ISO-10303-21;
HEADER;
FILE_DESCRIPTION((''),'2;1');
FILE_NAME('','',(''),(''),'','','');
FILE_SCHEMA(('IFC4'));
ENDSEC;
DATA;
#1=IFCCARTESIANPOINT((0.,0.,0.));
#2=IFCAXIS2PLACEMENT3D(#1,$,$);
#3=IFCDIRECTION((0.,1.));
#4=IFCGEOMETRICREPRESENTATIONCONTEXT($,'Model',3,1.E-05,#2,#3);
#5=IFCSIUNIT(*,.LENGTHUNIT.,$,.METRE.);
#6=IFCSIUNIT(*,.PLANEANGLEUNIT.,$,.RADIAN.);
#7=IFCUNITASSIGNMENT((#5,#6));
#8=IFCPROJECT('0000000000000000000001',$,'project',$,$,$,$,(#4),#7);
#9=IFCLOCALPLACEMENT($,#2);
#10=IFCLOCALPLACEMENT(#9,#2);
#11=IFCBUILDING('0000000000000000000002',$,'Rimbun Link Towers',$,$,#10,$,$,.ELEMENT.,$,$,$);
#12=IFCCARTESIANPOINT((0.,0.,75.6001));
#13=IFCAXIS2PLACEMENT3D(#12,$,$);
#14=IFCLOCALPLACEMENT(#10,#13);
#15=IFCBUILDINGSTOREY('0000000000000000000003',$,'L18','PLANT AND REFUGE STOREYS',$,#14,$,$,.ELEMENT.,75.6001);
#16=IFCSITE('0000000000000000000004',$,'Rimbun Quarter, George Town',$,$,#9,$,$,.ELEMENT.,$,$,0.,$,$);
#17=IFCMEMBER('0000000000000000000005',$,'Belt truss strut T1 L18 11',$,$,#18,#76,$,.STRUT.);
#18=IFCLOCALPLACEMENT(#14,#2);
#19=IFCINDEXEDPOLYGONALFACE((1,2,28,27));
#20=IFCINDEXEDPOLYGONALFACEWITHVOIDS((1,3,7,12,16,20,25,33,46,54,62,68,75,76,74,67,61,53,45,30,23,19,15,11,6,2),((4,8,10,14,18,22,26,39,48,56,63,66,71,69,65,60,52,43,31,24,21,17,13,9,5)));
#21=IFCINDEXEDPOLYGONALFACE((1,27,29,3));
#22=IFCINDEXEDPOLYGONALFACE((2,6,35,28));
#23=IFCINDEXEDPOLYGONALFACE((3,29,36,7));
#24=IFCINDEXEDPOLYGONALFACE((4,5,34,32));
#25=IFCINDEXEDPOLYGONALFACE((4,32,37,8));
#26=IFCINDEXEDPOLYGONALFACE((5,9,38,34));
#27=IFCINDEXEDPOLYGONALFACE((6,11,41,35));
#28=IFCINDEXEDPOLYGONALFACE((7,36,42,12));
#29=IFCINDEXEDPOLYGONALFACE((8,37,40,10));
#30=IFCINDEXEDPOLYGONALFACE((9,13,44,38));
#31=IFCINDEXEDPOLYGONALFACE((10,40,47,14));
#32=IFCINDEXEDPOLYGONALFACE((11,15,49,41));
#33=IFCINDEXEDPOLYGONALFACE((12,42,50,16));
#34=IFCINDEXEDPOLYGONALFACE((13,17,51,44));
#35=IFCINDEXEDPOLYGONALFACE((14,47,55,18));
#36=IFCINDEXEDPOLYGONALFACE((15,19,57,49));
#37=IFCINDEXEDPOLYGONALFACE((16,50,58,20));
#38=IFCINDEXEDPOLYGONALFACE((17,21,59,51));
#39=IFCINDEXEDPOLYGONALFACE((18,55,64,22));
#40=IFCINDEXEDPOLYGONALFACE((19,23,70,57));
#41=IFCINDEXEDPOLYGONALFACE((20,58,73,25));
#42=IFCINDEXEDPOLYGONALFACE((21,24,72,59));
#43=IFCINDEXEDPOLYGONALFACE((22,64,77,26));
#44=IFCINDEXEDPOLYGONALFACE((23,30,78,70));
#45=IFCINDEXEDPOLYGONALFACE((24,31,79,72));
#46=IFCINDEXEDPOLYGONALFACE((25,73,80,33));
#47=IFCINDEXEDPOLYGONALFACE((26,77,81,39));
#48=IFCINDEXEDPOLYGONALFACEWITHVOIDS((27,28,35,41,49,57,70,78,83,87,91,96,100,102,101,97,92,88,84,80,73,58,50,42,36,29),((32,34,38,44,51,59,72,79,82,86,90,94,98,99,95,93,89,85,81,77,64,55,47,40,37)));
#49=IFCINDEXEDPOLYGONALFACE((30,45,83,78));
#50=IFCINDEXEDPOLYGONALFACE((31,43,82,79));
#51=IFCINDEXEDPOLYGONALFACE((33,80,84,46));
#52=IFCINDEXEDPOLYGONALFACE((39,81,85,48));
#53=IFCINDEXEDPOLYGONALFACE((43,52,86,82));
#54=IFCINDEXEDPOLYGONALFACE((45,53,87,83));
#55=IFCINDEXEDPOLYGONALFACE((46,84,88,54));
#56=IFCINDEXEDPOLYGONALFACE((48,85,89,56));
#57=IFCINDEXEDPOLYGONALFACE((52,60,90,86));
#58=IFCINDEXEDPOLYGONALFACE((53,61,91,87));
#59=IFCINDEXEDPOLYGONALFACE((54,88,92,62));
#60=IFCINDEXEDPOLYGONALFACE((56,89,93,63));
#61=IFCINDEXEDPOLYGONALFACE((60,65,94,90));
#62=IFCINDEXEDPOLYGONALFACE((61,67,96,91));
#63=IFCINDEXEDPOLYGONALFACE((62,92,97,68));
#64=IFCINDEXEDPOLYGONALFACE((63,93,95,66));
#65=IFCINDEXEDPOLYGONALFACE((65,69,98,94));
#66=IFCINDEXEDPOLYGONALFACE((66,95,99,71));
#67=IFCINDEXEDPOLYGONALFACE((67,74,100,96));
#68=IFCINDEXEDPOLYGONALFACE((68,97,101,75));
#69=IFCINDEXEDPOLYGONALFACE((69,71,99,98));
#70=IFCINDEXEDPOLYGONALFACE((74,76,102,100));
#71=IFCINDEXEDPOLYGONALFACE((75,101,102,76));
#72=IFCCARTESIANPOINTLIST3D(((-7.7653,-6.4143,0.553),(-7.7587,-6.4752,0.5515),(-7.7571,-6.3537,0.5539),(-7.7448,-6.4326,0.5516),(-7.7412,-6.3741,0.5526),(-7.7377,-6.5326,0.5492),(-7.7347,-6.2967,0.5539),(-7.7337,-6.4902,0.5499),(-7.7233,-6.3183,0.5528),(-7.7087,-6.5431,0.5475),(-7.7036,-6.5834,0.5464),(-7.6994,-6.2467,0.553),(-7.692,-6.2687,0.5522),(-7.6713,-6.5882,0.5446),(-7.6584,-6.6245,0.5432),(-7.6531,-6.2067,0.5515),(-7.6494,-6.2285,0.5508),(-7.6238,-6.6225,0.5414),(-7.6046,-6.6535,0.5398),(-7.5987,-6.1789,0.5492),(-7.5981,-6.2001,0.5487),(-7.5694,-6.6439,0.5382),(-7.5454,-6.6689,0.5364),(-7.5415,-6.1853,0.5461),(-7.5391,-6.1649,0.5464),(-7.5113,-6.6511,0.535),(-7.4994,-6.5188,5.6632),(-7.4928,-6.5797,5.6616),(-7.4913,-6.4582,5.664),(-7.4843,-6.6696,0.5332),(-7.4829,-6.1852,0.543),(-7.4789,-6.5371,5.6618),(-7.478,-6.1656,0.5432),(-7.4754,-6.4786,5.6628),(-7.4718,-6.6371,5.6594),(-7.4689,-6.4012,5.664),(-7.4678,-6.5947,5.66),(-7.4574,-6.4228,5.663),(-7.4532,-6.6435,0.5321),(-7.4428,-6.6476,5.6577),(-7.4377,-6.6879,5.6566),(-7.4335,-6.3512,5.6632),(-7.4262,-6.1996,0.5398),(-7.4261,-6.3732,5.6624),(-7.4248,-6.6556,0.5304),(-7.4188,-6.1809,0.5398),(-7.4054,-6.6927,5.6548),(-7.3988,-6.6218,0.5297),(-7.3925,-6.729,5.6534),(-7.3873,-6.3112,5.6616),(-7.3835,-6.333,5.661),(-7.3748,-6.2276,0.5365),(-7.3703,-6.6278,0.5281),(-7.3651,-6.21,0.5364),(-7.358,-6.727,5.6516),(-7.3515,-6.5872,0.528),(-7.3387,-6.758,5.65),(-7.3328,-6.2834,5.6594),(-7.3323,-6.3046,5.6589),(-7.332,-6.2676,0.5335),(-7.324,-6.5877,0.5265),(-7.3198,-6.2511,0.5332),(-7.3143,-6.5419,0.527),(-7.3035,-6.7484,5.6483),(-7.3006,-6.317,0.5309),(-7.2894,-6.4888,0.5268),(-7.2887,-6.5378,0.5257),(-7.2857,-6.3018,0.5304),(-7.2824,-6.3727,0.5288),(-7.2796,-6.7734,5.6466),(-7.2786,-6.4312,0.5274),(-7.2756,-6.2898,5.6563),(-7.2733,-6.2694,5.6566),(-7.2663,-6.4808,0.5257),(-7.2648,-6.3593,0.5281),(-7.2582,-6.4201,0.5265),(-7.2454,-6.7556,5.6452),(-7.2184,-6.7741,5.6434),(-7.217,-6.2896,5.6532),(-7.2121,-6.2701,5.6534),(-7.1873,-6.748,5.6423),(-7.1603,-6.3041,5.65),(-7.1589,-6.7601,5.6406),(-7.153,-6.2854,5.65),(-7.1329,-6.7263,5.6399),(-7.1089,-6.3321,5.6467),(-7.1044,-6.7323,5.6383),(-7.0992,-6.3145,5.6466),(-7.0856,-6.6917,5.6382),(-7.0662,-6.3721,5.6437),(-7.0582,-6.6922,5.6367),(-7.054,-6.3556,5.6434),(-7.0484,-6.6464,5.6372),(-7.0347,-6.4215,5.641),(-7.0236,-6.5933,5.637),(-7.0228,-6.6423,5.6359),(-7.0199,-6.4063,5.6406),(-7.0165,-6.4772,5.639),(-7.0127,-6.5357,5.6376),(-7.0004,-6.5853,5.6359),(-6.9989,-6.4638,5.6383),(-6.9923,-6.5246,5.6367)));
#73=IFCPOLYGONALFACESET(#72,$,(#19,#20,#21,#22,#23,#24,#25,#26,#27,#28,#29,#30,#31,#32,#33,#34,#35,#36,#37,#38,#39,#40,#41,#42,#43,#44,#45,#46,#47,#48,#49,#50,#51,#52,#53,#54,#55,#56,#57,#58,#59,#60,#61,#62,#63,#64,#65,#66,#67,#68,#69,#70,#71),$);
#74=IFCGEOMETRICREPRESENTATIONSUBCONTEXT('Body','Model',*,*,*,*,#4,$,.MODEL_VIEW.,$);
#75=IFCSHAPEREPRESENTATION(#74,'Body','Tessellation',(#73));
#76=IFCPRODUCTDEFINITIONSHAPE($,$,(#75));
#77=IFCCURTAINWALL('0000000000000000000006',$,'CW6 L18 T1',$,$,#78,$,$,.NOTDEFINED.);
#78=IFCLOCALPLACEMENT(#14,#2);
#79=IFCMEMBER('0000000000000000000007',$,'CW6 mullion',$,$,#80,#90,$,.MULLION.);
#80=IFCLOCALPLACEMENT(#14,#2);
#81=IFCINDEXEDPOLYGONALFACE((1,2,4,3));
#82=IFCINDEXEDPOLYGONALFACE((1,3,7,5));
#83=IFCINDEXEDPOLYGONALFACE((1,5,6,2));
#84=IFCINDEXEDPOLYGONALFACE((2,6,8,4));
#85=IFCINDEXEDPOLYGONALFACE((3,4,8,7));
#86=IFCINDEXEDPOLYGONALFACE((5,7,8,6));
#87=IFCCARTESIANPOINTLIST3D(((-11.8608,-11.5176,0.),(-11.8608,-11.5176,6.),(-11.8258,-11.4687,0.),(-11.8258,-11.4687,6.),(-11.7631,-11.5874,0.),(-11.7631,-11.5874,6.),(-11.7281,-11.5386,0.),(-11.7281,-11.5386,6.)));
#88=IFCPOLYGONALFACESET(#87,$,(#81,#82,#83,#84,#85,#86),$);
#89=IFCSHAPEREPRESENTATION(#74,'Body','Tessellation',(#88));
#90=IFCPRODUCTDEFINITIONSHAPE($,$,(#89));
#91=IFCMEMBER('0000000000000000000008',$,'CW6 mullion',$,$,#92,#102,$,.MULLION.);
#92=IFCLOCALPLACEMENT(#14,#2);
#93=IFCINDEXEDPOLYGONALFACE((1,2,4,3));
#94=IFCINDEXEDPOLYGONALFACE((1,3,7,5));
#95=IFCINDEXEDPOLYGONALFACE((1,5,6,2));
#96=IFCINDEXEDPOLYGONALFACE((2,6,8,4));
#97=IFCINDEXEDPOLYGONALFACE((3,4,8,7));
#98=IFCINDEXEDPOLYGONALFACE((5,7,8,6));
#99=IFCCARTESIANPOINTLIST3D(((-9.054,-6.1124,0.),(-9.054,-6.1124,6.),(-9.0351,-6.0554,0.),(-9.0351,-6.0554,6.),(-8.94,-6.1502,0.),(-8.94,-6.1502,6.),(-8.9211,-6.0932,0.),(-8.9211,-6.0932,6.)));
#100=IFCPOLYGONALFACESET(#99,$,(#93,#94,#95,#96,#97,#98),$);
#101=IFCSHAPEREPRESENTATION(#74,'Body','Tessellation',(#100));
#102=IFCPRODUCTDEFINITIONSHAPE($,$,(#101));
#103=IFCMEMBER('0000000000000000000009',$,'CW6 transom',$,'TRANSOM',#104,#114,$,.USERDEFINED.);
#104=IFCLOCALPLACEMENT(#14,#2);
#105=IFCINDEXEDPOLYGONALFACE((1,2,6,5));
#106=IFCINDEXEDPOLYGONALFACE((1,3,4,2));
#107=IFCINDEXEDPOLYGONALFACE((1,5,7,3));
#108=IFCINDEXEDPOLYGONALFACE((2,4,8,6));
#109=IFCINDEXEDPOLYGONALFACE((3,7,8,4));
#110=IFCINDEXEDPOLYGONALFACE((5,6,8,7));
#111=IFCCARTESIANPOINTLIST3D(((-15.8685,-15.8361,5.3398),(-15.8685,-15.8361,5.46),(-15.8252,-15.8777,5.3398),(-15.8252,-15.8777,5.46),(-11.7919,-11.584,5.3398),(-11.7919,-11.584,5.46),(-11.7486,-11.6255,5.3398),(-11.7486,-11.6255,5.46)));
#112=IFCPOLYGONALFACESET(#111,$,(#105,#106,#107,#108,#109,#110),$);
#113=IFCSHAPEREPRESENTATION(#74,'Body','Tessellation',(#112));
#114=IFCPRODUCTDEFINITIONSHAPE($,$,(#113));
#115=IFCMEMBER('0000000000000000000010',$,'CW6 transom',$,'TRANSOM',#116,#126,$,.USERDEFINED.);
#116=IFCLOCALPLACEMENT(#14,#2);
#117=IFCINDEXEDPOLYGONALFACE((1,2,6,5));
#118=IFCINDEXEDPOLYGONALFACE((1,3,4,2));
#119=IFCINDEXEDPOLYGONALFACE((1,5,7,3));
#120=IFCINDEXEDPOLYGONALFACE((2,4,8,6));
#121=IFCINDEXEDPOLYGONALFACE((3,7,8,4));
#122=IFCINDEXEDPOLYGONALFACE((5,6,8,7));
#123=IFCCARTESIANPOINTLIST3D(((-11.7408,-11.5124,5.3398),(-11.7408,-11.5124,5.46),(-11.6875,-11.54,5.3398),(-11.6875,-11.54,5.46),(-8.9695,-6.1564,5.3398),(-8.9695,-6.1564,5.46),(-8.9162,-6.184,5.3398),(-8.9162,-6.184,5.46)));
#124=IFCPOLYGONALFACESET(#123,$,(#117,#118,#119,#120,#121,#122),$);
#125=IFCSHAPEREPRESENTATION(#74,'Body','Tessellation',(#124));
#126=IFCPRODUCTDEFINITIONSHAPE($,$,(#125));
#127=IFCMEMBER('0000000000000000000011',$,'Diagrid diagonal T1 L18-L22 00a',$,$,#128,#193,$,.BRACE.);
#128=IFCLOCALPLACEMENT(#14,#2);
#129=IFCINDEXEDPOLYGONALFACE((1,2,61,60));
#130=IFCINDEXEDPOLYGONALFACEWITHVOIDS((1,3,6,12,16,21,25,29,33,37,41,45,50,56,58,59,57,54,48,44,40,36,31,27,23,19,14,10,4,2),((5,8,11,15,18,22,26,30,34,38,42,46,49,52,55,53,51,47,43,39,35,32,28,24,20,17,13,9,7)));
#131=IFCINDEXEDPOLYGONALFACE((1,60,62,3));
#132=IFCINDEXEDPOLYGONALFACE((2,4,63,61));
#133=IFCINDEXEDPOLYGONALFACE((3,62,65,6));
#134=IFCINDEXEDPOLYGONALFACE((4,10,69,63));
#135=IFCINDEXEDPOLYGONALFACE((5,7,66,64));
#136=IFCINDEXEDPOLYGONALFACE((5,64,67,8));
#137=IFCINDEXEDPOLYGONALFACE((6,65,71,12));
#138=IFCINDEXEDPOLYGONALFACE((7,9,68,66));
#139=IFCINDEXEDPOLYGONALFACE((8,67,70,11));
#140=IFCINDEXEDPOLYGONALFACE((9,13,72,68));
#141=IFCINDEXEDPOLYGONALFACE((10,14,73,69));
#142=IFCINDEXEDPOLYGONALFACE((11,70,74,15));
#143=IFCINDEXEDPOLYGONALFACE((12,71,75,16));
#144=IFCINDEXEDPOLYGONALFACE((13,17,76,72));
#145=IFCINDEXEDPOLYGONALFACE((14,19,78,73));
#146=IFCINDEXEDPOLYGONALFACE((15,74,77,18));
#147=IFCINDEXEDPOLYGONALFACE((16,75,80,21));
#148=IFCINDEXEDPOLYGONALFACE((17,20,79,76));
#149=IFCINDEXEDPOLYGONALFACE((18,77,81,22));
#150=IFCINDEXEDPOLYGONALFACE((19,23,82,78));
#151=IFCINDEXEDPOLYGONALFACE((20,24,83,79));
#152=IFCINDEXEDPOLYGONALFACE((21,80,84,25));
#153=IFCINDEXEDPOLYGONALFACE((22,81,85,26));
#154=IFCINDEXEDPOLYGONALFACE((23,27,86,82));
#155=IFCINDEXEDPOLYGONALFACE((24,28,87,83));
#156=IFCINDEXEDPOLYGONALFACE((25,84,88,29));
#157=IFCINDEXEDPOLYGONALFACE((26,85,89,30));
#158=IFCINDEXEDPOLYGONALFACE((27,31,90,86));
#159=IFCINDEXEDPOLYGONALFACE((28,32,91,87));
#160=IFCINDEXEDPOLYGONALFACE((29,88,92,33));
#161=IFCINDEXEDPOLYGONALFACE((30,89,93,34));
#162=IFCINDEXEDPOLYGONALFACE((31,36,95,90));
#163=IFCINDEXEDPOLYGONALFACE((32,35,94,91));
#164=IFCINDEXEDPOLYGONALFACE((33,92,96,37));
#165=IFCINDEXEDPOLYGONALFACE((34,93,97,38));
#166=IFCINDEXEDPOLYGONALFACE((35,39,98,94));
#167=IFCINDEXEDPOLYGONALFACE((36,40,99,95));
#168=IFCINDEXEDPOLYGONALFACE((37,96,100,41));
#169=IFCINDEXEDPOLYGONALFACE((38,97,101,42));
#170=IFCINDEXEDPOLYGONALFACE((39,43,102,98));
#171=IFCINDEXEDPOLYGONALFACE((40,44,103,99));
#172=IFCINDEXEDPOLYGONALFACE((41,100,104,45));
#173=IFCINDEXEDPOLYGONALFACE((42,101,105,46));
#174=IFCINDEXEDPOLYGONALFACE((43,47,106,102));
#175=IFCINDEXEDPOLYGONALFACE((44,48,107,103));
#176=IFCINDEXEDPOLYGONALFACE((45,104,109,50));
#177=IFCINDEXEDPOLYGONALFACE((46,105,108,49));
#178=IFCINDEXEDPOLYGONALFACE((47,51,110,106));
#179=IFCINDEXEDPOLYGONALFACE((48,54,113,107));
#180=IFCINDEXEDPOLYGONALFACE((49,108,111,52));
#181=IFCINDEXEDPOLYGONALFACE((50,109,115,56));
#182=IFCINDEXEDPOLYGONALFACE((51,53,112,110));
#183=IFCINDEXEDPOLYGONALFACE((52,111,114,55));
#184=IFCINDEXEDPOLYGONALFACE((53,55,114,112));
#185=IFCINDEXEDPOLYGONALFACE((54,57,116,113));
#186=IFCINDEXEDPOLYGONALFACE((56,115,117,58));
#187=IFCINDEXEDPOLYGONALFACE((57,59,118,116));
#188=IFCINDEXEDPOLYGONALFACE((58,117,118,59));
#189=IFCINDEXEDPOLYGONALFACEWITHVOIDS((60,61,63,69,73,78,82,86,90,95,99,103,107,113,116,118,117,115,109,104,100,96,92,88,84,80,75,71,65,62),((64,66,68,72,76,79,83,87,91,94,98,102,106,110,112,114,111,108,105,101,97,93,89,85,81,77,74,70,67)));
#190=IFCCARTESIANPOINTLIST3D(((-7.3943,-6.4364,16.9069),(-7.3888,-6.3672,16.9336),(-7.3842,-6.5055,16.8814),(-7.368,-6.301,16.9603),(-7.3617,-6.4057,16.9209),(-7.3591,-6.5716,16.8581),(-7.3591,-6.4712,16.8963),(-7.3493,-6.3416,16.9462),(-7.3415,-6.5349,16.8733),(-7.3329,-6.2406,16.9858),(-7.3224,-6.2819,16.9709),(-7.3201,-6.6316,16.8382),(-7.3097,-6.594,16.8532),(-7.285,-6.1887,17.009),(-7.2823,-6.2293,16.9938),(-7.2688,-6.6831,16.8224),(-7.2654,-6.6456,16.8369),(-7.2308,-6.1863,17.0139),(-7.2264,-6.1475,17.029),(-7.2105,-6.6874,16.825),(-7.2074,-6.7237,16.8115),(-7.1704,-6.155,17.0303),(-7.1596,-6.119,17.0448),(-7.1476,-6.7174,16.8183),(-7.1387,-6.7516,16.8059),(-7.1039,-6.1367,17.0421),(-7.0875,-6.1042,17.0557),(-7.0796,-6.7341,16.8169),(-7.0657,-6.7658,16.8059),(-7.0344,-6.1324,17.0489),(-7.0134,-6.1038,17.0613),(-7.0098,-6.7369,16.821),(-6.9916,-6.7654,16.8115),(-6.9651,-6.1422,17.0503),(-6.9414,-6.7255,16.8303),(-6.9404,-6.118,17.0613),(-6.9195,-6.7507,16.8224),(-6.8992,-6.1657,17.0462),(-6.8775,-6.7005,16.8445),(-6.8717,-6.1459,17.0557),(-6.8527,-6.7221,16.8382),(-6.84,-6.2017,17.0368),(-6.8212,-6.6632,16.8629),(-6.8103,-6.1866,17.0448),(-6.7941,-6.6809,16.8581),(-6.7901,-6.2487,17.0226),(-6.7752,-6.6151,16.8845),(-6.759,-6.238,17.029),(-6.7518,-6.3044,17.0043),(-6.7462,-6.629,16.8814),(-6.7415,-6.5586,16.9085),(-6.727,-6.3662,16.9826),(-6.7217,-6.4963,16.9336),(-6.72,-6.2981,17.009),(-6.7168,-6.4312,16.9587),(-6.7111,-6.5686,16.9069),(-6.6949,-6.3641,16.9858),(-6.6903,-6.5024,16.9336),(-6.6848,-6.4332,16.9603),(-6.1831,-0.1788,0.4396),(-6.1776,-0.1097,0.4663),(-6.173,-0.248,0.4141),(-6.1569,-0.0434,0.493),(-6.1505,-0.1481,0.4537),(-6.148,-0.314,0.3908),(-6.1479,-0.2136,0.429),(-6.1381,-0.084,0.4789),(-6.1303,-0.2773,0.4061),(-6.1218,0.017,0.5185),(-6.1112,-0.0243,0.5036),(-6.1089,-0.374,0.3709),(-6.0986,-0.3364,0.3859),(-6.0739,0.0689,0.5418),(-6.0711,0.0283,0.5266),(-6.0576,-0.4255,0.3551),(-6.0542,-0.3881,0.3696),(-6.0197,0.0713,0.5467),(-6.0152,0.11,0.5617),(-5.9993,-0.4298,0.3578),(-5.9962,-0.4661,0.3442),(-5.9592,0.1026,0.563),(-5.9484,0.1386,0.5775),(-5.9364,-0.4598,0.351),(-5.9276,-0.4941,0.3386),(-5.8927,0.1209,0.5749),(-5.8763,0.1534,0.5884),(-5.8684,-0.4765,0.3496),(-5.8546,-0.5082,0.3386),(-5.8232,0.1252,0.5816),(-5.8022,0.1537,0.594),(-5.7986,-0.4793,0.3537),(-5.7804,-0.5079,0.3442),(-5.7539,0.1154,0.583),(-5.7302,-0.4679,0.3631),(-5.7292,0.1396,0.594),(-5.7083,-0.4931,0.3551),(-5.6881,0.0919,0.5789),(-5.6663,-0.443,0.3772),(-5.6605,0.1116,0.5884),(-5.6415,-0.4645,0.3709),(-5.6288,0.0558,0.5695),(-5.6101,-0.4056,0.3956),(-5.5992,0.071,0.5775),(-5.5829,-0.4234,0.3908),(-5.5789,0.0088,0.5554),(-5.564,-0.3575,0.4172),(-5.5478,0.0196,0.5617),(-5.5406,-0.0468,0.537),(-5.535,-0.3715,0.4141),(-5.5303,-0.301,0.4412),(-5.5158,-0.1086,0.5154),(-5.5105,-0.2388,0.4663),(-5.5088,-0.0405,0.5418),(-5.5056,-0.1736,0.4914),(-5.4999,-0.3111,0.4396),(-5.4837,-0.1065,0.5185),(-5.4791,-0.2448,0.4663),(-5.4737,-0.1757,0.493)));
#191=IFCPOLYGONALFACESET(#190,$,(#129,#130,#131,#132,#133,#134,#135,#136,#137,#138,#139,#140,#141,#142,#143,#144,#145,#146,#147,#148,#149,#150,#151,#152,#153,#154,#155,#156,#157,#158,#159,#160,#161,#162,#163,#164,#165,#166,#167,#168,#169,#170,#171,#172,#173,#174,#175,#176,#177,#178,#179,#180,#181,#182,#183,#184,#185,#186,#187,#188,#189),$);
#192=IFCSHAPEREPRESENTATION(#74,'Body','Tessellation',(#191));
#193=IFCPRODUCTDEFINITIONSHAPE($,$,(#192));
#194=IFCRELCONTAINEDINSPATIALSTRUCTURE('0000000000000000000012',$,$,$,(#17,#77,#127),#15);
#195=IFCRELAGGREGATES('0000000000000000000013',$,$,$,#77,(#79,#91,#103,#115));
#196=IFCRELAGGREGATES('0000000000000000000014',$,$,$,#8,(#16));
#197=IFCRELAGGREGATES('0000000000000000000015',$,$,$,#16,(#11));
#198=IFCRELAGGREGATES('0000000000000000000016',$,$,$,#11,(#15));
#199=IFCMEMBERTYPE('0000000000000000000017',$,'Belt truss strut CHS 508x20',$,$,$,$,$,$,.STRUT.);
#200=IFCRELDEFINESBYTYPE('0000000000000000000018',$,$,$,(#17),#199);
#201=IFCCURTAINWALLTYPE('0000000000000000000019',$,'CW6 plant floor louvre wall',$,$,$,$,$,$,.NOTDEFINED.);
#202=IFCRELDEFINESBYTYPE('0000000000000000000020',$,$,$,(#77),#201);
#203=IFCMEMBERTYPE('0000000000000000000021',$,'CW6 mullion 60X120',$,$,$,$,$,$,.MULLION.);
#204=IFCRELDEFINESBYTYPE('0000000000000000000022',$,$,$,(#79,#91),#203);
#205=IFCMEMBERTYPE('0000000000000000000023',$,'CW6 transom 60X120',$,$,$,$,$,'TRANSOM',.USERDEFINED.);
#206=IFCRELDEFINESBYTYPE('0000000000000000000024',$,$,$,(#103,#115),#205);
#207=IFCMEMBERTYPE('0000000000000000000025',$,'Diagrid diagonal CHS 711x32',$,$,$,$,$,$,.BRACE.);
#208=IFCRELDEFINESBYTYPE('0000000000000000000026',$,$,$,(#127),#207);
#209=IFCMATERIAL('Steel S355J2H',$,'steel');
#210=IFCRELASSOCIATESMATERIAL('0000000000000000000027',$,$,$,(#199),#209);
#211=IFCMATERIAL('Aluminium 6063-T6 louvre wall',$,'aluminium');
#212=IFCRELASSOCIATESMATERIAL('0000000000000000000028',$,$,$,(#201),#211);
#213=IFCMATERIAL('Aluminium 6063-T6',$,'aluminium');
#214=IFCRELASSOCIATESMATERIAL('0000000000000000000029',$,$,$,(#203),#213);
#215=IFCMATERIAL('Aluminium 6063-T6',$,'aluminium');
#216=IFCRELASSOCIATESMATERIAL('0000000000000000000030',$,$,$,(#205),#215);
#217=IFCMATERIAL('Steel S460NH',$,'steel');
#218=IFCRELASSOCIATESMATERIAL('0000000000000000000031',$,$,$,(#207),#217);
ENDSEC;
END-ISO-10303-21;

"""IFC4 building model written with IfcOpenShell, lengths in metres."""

from ifc_helpers import new_model, si_unit, direction, frame, origin, origin_2d, place, context, subcontext, project, spatial, rectangle, hollow_circle, extrude, material, material_profile, profile_set, type_object, element, aggregate, save


model = new_model("IFC4")

# Units and contexts
model_context = context("Model", 3, precision=1e-05, world=origin(), true_north=direction((0.0, 1.0)))
body_context = subcontext(model_context, "Body", "Model", "MODEL_VIEW")
ifc_project = project(units=[si_unit("LENGTHUNIT", "METRE"), si_unit("PLANEANGLEUNIT", "RADIAN")], contexts=[model_context])

# Site, building, storey
site_placement = place(None, origin())
site = spatial("IfcSite", under=ifc_project, at=site_placement, Name="Rimbun Quarter, George Town", CompositionType="ELEMENT", RefElevation=0.0)
building_placement = place(site_placement, origin())
building = spatial("IfcBuilding", under=site, at=building_placement, Name="Rimbun Link Towers", CompositionType="ELEMENT")
storey_placement = place(building_placement, frame((0.0, 0.0, 75.6001)))
storey = spatial("IfcBuildingStorey", under=building, at=storey_placement, Name="L18", Description="PLANT AND REFUGE STOREYS", CompositionType="ELEMENT", Elevation=75.6001)

# Member
ifc_material_1 = material(Name="Steel S355J2H", Category="steel")
ifc_material_profile_1 = material_profile(ifc_material_1, hollow_circle(Radius=0.2539, WallThickness=0.02, at=origin_2d()), Name="Belt truss strut CHS 508x20")
ifc_profile_set_1 = profile_set([ifc_material_profile_1], Name="Steel S355J2H")
member_type_1 = type_object("IfcMemberType", Name="Belt truss strut CHS 508x20", PredefinedType="STRUT", material=ifc_profile_set_1)
member_1_placement = place(storey_placement, frame((-7.5117, -6.4172, 0.5398), z_axis=(0.051947, -0.020416, 0.998441), x_axis=(0.365785, 0.9307, 0.0)))
element("IfcMember", 1, at=member_1_placement, inside=storey, type_object=member_type_1, Name="Belt truss strut T1 L18 11", PredefinedType="STRUT", context=body_context, shape_type="SweptSolid", body=[
    extrude(hollow_circle(Radius=0.2539, WallThickness=0.02, at=origin_2d()), origin(), (0.0, 0.0, 1.0), 5.1182),
])

# Curtain wall, members
ifc_material_2 = material(Name="Aluminium 6063-T6 louvre wall", Category="aluminium")
curtain_wall_type = type_object("IfcCurtainWallType", Name="CW6 plant floor louvre wall", PredefinedType="NOTDEFINED", material=ifc_material_2)
curtain_wall_placement = place(storey_placement, origin())
curtain_wall = element("IfcCurtainWall", 2, at=curtain_wall_placement, inside=storey, type_object=curtain_wall_type, Name="CW6 L18 T1", PredefinedType="NOTDEFINED")
ifc_material_3 = material(Name="Aluminium 6063-T6", Category="aluminium")
ifc_material_profile_2 = material_profile(ifc_material_3, rectangle(XDim=0.1201, YDim=0.0601, at=origin_2d()), Name="MULLION 60X120")
ifc_profile_set_2 = profile_set([ifc_material_profile_2], Name="Aluminium 6063-T6")
member_type_2 = type_object("IfcMemberType", Name="CW6 mullion 60X120", PredefinedType="MULLION", material=ifc_profile_set_2)
member_2_placement = place(storey_placement, frame((-11.7944, -11.5281, 0.0), z_axis=(0.0, 0.0, 1.0), x_axis=(0.813349, -0.581776, 0.0)))
member_2 = element("IfcMember", 3, at=member_2_placement, type_object=member_type_2, Name="CW6 mullion", PredefinedType="MULLION", context=body_context, shape_type="SweptSolid", body=[
    extrude(rectangle(XDim=0.1201, YDim=0.0601, at=origin_2d()), origin(), (0.0, 0.0, 1.0), 6.0),
])
member_3_placement = place(storey_placement, frame((-8.9875, -6.1028, 0.0), z_axis=(0.0, 0.0, 1.0), x_axis=(0.949163, -0.314784, 0.0)))
member_3 = element("IfcMember", 4, at=member_3_placement, type_object=member_type_2, Name="CW6 mullion", PredefinedType="MULLION", context=body_context, shape_type="SweptSolid", body=[
    extrude(rectangle(XDim=0.1201, YDim=0.0601, at=origin_2d()), origin(), (0.0, 0.0, 1.0), 6.0),
])
ifc_material_4 = material(Name="Aluminium 6063-T6", Category="aluminium")
ifc_material_profile_3 = material_profile(ifc_material_4, rectangle(XDim=0.0601, YDim=0.1201, at=origin_2d()), Name="TRANSOM 60X120")
ifc_profile_set_3 = profile_set([ifc_material_profile_3], Name="Aluminium 6063-T6")
member_type_3 = type_object("IfcMemberType", Name="CW6 transom 60X120", ElementType="TRANSOM", PredefinedType="USERDEFINED", material=ifc_profile_set_3)
member_4_placement = place(storey_placement, frame((-11.7703, -11.6047, 5.3999), z_axis=(-0.69205, -0.721849, 0.0), x_axis=(0.721849, -0.69205, 0.0)))
member_4 = element("IfcMember", 5, at=member_4_placement, type_object=member_type_3, Name="CW6 transom", ObjectType="TRANSOM", PredefinedType="USERDEFINED", context=body_context, shape_type="SweptSolid", body=[
    extrude(rectangle(XDim=0.0601, YDim=0.1201, at=origin_2d()), origin(), (0.0, 0.0, 1.0), 5.8906),
])
member_5_placement = place(storey_placement, frame((-8.9429, -6.1702, 5.3999), z_axis=(-0.459543, -0.888156, 0.0), x_axis=(0.888156, -0.459543, 0.0)))
member_5 = element("IfcMember", 6, at=member_5_placement, type_object=member_type_3, Name="CW6 transom", ObjectType="TRANSOM", PredefinedType="USERDEFINED", context=body_context, shape_type="SweptSolid", body=[
    extrude(rectangle(XDim=0.0601, YDim=0.1201, at=origin_2d()), origin(), (0.0, 0.0, 1.0), 6.0305),
])

# Member
ifc_material_5 = material(Name="Steel S460NH", Category="steel")
ifc_material_profile_4 = material_profile(ifc_material_5, hollow_circle(Radius=0.3557, WallThickness=0.032, at=origin_2d()), Name="Diagrid diagonal CHS 711x32")
ifc_profile_set_4 = profile_set([ifc_material_profile_4], Name="Steel S460NH")
member_type_4 = type_object("IfcMemberType", Name="Diagrid diagonal CHS 711x32", PredefinedType="BRACE", material=ifc_profile_set_4)
member_6_placement = place(storey_placement, frame((-5.8284, -0.1772, 0.4663), z_axis=(-0.068592, -0.354381, 0.932582), x_axis=(0.981779, -0.190028, 0.0)))
element("IfcMember", 7, at=member_6_placement, inside=storey, type_object=member_type_4, Name="Diagrid diagonal T1 L18-L22 00a", PredefinedType="BRACE", context=body_context, shape_type="SweptSolid", body=[
    extrude(hollow_circle(Radius=0.3557, WallThickness=0.032, at=origin_2d()), origin(), (0.0, 0.0, 1.0), 17.6577),
])

aggregate(curtain_wall, [member_2, member_3, member_4, member_5])

save(model, "model.ifc")
